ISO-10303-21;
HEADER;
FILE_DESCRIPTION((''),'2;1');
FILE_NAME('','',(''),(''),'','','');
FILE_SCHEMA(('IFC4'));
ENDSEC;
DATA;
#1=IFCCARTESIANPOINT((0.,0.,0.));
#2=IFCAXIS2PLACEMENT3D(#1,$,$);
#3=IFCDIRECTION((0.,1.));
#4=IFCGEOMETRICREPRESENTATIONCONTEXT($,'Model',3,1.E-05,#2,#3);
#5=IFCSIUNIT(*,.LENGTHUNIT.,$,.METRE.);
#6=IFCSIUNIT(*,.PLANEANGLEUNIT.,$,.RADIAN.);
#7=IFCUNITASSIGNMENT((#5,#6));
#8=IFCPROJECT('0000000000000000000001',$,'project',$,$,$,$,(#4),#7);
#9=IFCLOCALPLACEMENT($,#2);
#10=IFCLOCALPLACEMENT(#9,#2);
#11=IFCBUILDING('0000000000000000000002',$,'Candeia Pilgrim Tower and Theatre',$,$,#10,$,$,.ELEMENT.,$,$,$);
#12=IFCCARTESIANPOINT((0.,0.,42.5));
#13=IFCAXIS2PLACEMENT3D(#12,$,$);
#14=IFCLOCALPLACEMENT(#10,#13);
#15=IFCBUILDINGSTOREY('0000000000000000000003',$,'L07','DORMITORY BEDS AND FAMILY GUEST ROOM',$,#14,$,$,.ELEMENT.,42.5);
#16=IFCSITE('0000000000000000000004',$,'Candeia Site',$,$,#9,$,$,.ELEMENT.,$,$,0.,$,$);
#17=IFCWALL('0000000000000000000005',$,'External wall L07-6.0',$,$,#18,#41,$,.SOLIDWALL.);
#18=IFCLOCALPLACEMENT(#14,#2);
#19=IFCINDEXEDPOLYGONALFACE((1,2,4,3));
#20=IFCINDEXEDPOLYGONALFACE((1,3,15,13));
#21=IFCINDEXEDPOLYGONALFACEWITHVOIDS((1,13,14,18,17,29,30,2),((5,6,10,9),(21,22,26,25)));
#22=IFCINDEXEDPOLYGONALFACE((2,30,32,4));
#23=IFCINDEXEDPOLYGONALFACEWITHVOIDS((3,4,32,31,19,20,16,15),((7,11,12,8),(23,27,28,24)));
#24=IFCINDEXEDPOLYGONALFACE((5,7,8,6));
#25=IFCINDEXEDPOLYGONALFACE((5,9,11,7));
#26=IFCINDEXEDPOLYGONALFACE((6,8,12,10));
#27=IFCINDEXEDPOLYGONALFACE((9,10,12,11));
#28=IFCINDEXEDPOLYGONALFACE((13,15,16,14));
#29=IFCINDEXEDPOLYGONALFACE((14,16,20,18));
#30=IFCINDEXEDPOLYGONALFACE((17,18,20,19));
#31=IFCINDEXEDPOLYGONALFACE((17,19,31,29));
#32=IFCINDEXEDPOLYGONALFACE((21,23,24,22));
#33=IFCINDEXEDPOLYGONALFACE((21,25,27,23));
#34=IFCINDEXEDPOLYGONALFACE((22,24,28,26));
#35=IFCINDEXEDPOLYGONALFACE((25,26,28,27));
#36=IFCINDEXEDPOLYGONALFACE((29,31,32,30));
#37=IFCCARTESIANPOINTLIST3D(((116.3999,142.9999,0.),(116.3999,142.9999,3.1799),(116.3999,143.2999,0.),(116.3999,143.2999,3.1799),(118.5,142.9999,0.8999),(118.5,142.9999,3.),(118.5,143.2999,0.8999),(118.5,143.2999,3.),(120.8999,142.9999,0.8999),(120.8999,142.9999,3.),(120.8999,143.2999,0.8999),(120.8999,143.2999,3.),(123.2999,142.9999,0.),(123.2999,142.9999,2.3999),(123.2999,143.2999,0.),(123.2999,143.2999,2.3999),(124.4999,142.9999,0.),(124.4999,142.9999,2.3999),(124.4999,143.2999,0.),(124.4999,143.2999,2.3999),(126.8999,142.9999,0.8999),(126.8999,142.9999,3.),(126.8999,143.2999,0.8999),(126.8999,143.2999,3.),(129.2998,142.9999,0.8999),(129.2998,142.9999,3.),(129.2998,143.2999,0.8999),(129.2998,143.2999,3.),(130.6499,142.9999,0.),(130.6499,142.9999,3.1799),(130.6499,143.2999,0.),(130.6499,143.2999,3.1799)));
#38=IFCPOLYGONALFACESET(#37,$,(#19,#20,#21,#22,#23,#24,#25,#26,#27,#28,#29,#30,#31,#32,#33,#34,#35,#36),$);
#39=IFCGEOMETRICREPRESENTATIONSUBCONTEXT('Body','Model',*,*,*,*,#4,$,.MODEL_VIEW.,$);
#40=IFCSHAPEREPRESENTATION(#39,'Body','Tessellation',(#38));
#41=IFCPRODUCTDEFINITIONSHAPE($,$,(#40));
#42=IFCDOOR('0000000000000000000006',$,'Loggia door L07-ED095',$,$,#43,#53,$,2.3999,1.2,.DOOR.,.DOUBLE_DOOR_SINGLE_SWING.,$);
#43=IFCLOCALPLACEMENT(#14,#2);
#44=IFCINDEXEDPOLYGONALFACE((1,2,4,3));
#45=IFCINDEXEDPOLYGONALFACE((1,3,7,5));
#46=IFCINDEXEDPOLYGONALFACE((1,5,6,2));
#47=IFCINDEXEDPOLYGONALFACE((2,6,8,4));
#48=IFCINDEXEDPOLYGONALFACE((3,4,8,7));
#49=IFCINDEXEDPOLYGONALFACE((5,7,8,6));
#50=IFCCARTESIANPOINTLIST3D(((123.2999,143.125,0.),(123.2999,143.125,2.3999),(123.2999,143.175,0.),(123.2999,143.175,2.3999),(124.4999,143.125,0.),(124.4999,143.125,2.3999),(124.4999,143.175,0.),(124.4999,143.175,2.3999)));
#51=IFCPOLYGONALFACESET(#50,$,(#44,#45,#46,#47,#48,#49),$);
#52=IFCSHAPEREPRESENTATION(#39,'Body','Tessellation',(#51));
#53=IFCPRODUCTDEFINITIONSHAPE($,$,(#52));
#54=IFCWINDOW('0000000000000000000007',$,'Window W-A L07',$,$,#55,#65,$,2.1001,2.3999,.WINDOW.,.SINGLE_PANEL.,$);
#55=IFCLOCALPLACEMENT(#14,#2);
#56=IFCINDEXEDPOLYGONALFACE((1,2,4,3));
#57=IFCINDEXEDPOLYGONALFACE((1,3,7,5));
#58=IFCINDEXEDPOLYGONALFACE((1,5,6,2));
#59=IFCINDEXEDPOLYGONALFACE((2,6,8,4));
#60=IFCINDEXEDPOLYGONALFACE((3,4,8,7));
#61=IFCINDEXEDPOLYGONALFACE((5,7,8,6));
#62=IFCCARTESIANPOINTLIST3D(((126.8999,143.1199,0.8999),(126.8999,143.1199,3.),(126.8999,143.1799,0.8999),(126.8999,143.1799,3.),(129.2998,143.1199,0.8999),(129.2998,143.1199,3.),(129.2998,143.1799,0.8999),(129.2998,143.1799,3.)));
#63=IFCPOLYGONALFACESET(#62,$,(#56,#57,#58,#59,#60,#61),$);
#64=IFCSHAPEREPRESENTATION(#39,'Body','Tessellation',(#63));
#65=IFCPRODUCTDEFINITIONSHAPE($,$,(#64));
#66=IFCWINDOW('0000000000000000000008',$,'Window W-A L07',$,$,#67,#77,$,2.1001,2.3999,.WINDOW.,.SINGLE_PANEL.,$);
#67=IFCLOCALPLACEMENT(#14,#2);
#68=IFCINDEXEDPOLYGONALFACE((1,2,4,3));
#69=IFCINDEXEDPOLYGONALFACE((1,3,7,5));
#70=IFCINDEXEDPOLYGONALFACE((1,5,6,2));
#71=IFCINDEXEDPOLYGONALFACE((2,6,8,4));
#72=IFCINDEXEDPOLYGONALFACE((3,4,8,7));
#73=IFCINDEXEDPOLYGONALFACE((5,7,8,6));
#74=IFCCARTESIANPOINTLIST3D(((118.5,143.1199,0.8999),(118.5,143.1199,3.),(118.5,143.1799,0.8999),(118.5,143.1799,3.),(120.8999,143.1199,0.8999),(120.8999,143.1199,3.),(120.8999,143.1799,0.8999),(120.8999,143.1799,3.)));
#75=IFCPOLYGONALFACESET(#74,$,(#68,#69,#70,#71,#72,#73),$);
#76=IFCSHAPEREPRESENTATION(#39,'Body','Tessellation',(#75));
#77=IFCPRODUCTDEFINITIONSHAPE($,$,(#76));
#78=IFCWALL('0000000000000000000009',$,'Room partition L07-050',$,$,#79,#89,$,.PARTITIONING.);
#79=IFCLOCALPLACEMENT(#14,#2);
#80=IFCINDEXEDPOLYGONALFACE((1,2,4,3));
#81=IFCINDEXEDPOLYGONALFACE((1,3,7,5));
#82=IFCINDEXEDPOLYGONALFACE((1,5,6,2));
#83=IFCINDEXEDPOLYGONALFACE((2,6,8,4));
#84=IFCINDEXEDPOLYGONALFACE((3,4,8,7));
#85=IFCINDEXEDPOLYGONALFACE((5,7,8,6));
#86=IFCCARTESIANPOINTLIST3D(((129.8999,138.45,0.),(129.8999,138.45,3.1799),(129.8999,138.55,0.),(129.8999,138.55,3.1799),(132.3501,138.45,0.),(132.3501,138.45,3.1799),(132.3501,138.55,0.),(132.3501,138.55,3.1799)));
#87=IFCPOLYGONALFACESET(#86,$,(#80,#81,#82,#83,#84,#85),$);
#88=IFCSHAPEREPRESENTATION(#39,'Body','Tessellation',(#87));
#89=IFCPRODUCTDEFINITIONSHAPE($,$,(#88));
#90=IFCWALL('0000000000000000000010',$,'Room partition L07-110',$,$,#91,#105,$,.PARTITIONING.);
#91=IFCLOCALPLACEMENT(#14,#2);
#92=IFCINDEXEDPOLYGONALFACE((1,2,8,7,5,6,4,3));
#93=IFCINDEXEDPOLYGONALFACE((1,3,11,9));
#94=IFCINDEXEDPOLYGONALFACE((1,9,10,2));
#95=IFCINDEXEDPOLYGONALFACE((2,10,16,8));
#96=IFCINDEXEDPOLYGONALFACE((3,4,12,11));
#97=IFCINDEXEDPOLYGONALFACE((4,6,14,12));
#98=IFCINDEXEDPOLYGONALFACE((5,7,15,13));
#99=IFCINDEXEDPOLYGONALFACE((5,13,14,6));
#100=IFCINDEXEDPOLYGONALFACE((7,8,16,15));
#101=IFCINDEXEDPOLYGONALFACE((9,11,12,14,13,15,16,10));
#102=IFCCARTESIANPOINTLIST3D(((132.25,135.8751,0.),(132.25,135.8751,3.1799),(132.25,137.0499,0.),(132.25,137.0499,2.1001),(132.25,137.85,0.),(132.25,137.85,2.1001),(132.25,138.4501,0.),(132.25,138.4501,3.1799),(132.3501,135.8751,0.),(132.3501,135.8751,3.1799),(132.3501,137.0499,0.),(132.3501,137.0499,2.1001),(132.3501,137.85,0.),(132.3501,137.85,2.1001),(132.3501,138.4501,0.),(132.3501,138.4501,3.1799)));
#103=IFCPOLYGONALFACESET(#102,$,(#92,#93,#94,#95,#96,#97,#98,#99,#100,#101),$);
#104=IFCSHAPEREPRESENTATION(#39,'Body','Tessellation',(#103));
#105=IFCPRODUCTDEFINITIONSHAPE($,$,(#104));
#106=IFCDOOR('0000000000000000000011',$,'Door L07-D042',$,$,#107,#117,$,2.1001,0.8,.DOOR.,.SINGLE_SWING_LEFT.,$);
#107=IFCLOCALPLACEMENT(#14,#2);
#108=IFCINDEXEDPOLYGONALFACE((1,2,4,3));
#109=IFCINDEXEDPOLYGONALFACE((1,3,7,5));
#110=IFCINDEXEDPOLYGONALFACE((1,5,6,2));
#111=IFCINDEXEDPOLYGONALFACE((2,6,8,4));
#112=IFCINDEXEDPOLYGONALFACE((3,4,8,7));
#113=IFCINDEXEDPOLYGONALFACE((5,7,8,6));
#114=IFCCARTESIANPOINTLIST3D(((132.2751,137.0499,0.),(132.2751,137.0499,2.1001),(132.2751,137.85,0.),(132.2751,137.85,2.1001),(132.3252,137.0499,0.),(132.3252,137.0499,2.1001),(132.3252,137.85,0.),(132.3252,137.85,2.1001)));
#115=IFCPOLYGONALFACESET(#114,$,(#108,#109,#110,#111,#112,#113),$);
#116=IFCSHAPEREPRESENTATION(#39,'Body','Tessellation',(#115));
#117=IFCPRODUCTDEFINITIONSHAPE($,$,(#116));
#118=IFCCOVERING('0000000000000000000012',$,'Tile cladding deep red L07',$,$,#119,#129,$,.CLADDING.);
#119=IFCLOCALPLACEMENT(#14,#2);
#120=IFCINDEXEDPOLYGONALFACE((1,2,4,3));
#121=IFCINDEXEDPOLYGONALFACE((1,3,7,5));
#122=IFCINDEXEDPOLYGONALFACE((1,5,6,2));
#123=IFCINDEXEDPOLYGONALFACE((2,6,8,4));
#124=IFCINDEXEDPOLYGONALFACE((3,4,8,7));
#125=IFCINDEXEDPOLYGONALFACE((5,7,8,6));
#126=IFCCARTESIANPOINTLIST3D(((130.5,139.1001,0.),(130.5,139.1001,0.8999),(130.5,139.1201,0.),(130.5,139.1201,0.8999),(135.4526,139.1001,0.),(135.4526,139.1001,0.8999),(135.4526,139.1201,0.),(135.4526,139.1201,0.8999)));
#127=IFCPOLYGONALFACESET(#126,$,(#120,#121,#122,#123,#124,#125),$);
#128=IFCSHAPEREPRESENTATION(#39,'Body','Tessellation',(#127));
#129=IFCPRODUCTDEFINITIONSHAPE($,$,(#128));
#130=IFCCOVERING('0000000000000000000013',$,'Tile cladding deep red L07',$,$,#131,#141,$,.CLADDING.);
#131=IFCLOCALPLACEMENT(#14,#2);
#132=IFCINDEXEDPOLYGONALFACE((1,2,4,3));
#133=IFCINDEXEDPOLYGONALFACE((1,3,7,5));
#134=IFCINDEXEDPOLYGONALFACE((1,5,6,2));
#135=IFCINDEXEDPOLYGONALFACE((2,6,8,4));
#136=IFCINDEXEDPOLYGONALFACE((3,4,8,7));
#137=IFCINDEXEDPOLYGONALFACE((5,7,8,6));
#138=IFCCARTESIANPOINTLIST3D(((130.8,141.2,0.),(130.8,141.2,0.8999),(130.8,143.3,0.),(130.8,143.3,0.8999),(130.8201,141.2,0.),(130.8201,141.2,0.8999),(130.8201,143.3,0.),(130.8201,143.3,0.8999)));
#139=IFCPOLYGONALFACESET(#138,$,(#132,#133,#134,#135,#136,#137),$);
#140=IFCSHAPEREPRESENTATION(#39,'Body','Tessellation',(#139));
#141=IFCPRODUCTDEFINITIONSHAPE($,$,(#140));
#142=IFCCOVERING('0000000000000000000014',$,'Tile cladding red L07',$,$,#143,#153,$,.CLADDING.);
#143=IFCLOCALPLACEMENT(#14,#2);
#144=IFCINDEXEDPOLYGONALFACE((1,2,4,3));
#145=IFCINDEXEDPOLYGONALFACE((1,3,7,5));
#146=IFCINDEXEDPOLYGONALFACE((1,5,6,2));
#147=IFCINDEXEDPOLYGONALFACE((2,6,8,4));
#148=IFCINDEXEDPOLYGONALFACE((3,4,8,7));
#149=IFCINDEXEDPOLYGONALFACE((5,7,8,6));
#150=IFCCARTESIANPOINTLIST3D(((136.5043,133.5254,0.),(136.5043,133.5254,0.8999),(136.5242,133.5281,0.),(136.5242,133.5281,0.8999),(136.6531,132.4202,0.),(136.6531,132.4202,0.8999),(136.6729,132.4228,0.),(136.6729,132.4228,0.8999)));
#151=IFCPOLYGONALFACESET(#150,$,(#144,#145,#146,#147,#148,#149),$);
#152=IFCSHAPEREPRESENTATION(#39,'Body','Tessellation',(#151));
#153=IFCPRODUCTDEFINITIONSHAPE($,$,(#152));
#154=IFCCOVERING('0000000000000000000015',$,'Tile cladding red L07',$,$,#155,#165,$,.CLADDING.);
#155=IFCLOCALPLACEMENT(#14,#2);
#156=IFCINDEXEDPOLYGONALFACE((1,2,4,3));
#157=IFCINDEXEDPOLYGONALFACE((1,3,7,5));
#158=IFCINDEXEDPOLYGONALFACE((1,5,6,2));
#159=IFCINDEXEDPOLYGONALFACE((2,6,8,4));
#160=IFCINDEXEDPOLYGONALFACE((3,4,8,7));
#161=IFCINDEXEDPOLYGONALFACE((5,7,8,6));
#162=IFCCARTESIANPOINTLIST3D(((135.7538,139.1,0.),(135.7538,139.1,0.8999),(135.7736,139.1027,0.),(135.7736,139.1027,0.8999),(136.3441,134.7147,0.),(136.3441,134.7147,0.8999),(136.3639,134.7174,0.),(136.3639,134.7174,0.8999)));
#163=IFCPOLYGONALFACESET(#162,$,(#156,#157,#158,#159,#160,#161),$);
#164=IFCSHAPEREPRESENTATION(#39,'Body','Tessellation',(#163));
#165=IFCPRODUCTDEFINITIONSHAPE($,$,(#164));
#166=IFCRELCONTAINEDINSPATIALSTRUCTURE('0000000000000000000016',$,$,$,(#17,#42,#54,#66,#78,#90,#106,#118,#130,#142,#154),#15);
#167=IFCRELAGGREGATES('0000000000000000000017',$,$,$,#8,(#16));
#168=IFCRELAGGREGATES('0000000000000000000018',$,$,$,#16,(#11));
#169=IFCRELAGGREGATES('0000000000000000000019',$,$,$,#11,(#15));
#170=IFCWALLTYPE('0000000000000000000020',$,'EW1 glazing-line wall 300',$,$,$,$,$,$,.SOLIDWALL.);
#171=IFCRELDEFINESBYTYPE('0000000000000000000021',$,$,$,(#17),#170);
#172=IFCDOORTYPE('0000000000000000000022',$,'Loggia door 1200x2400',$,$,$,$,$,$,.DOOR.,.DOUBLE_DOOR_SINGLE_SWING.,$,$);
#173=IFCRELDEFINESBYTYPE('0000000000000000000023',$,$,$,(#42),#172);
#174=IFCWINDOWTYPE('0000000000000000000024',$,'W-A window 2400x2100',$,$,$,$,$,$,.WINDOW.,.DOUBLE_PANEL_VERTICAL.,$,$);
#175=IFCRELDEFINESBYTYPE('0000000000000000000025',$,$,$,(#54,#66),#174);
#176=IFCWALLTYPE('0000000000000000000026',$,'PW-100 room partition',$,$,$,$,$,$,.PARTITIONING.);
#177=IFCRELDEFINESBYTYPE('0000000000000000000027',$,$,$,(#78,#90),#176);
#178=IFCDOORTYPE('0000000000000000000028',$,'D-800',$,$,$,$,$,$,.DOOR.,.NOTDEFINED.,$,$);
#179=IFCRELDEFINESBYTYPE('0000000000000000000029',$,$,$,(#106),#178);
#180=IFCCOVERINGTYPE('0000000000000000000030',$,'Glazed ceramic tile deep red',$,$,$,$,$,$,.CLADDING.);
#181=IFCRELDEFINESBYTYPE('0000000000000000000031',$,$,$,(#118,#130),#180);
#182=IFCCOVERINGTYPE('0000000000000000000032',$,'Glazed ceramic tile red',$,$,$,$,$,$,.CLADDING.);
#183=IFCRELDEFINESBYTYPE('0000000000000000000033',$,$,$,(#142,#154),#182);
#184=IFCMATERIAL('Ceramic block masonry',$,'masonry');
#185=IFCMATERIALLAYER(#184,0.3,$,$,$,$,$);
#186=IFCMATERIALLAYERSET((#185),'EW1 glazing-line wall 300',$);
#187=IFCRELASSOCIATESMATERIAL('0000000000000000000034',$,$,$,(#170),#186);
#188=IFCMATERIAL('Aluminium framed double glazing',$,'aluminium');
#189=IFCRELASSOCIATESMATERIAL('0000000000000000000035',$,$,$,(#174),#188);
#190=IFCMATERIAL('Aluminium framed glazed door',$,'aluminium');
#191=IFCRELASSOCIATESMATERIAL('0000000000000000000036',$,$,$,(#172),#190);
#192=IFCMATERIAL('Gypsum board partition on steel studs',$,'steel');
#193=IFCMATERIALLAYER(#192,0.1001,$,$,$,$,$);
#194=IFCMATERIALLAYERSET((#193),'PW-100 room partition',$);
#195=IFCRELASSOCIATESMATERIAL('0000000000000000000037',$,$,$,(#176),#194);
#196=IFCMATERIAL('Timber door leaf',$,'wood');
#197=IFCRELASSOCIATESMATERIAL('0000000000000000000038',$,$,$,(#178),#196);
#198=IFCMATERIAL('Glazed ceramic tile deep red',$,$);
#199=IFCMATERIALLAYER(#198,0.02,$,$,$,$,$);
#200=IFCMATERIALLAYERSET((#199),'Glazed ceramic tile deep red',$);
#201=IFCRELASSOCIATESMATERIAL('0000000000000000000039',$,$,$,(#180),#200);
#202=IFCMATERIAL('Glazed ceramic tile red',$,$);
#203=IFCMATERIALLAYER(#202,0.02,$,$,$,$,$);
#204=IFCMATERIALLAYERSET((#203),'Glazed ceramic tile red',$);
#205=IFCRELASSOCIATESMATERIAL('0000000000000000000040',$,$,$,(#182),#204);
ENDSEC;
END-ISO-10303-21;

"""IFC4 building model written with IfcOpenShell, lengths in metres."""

from ifc_helpers import new_model, si_unit, direction, frame, frame_2d, origin, origin_2d, place, context, subcontext, project, spatial, rectangle, extrude, material, layer, layer_set, type_object, element, fill, save


model = new_model("IFC4")

# Units and contexts
model_context = context("Model", 3, precision=1e-05, world=origin(), true_north=direction((0.0, 1.0)))
body_context = subcontext(model_context, "Body", "Model", "MODEL_VIEW")
ifc_project = project(units=[si_unit("LENGTHUNIT", "METRE"), si_unit("PLANEANGLEUNIT", "RADIAN")], contexts=[model_context])

# Site, building, storey
site_placement = place(None, origin())
site = spatial("IfcSite", under=ifc_project, at=site_placement, Name="Candeia Site", CompositionType="ELEMENT", RefElevation=0.0)
building_placement = place(site_placement, origin())
building = spatial("IfcBuilding", under=site, at=building_placement, Name="Candeia Pilgrim Tower and Theatre", CompositionType="ELEMENT")
storey_placement = place(building_placement, frame((0.0, 0.0, 42.5)))
storey = spatial("IfcBuildingStorey", under=building, at=storey_placement, Name="L07", Description="DORMITORY BEDS AND FAMILY GUEST ROOM", CompositionType="ELEMENT", Elevation=42.5)

# Shared definitions
ifc_material_1 = material(Name="Ceramic block masonry", Category="masonry")
ifc_layer_1 = layer(ifc_material_1, 0.3)
ifc_layer_set_1 = layer_set([ifc_layer_1], Name="EW1 glazing-line wall 300")
wall_type_1 = type_object("IfcWallType", Name="EW1 glazing-line wall 300", PredefinedType="SOLIDWALL", material=ifc_layer_set_1)
ifc_material_2 = material(Name="Aluminium framed double glazing", Category="aluminium")
window_type = type_object("IfcWindowType", Name="W-A window 2400x2100", PartitioningType="DOUBLE_PANEL_VERTICAL", PredefinedType="WINDOW", material=ifc_material_2)

# Wall, openings, door, windows
wall_1_placement = place(storey_placement, frame((130.6499, 143.1499, 0.0), z_axis=(0.0, 0.0, 1.0), x_axis=(-1.0, 0.0, 0.0)))
wall_1 = element("IfcWall", 1, at=wall_1_placement, inside=storey, type_object=wall_type_1, Name="External wall L07-6.0", PredefinedType="SOLIDWALL", context=body_context, shape_type="SweptSolid", body=[
    extrude(rectangle(XDim=14.25, YDim=0.3, at=frame_2d((7.125, 0.0))), origin(), (0.0, 0.0, 1.0), 3.1799),
])
opening_1_placement = place(wall_1_placement, frame((1.3501, 0.0, 0.8999)))
opening_1 = element("IfcOpeningElement", 2, at=opening_1_placement, cuts=wall_1, PredefinedType="OPENING", context=body_context, shape_type="SweptSolid", body=[
    extrude(rectangle(XDim=2.3999, YDim=2.1001, at=frame_2d((1.2, 1.05))), frame((0.0, 0.1602, 0.0), z_axis=(0.0, -1.0, 0.0), x_axis=(1.0, 0.0, 0.0)), (0.0, 0.0, 1.0), 0.3201),
])
opening_2_placement = place(wall_1_placement, frame((6.1499, 0.0, 0.0)))
opening_2 = element("IfcOpeningElement", 3, at=opening_2_placement, cuts=wall_1, PredefinedType="OPENING", context=body_context, shape_type="SweptSolid", body=[
    extrude(rectangle(XDim=1.2, YDim=2.3999, at=frame_2d((0.6001, 1.2))), frame((0.0, 0.1602, 0.0), z_axis=(0.0, -1.0, 0.0), x_axis=(1.0, 0.0, 0.0)), (0.0, 0.0, 1.0), 0.3201),
])
opening_3_placement = place(wall_1_placement, frame((9.75, 0.0, 0.8999)))
opening_3 = element("IfcOpeningElement", 4, at=opening_3_placement, cuts=wall_1, PredefinedType="OPENING", context=body_context, shape_type="SweptSolid", body=[
    extrude(rectangle(XDim=2.3999, YDim=2.1001, at=frame_2d((1.2, 1.05))), frame((0.0, 0.1602, 0.0), z_axis=(0.0, -1.0, 0.0), x_axis=(1.0, 0.0, 0.0)), (0.0, 0.0, 1.0), 0.3201),
])
ifc_material_3 = material(Name="Aluminium framed glazed door", Category="aluminium")
door_type_1 = type_object("IfcDoorType", Name="Loggia door 1200x2400", OperationType="DOUBLE_DOOR_SINGLE_SWING", PredefinedType="DOOR", material=ifc_material_3)
door_1_placement = place(opening_2_placement, origin())
door_1 = element("IfcDoor", 5, at=door_1_placement, inside=storey, type_object=door_type_1, Name="Loggia door L07-ED095", OperationType="DOUBLE_DOOR_SINGLE_SWING", OverallHeight=2.3999, OverallWidth=1.2, PredefinedType="DOOR", context=body_context, shape_type="SweptSolid", body=[
    extrude(rectangle(XDim=1.2, YDim=2.3999, at=frame_2d((0.6001, 1.2))), frame((0.0, 0.0249, 0.0), z_axis=(0.0, -1.0, 0.0), x_axis=(1.0, 0.0, 0.0)), (0.0, 0.0, 1.0), 0.05),
])
fill(opening_2, door_1)
window_1_placement = place(opening_1_placement, origin())
window_1 = element("IfcWindow", 6, at=window_1_placement, inside=storey, type_object=window_type, Name="Window W-A L07", OverallHeight=2.1001, OverallWidth=2.3999, PartitioningType="SINGLE_PANEL", PredefinedType="WINDOW", context=body_context, shape_type="SweptSolid", body=[
    extrude(rectangle(XDim=2.3999, YDim=2.1001, at=frame_2d((1.2, 1.05))), frame((0.0, 0.03, 0.0), z_axis=(0.0, -1.0, 0.0), x_axis=(1.0, 0.0, 0.0)), (0.0, 0.0, 1.0), 0.0601),
])
fill(opening_1, window_1)
window_2_placement = place(opening_3_placement, origin())
window_2 = element("IfcWindow", 7, at=window_2_placement, inside=storey, type_object=window_type, Name="Window W-A L07", OverallHeight=2.1001, OverallWidth=2.3999, PartitioningType="SINGLE_PANEL", PredefinedType="WINDOW", context=body_context, shape_type="SweptSolid", body=[
    extrude(rectangle(XDim=2.3999, YDim=2.1001, at=frame_2d((1.2, 1.05))), frame((0.0, 0.03, 0.0), z_axis=(0.0, -1.0, 0.0), x_axis=(1.0, 0.0, 0.0)), (0.0, 0.0, 1.0), 0.0601),
])
fill(opening_3, window_2)

# Wall
ifc_material_4 = material(Name="Gypsum board partition on steel studs", Category="steel")
ifc_layer_2 = layer(ifc_material_4, 0.1001)
ifc_layer_set_2 = layer_set([ifc_layer_2], Name="PW-100 room partition")
wall_type_2 = type_object("IfcWallType", Name="PW-100 room partition", PredefinedType="PARTITIONING", material=ifc_layer_set_2)
wall_2_placement = place(storey_placement, frame((129.8999, 138.5, 0.0), z_axis=(0.0, 0.0, 1.0), x_axis=(1.0, 0.0, 0.0)))
element("IfcWall", 8, at=wall_2_placement, inside=storey, type_object=wall_type_2, Name="Room partition L07-050", PredefinedType="PARTITIONING", context=body_context, shape_type="SweptSolid", body=[
    extrude(rectangle(XDim=2.4502, YDim=0.1001, at=frame_2d((1.2251, 0.0))), origin(), (0.0, 0.0, 1.0), 3.1799),
])

# Wall, opening, door
wall_3_placement = place(storey_placement, frame((132.3, 135.875, 0.0), z_axis=(0.0, 0.0, 1.0), x_axis=(0.0, 1.0, 0.0)))
wall_3 = element("IfcWall", 9, at=wall_3_placement, inside=storey, type_object=wall_type_2, Name="Room partition L07-110", PredefinedType="PARTITIONING", context=body_context, shape_type="SweptSolid", body=[
    extrude(rectangle(XDim=2.575, YDim=0.1001, at=frame_2d((1.2876, 0.0))), origin(), (0.0, 0.0, 1.0), 3.1799),
])
opening_4_placement = place(wall_3_placement, frame((1.175, 0.0, 0.0)))
opening_4 = element("IfcOpeningElement", 10, at=opening_4_placement, cuts=wall_3, PredefinedType="OPENING", context=body_context, shape_type="SweptSolid", body=[
    extrude(rectangle(XDim=0.8, YDim=2.1001, at=frame_2d((0.3999, 1.05))), frame((0.0, 0.0601, 0.0), z_axis=(0.0, -1.0, 0.0), x_axis=(1.0, 0.0, 0.0)), (0.0, 0.0, 1.0), 0.1201),
])
ifc_material_5 = material(Name="Timber door leaf", Category="wood")
door_type_2 = type_object("IfcDoorType", Name="D-800", OperationType="NOTDEFINED", PredefinedType="DOOR", material=ifc_material_5)
door_2_placement = place(opening_4_placement, origin())
door_2 = element("IfcDoor", 11, at=door_2_placement, inside=storey, type_object=door_type_2, Name="Door L07-D042", OperationType="SINGLE_SWING_LEFT", OverallHeight=2.1001, OverallWidth=0.8, PredefinedType="DOOR", context=body_context, shape_type="SweptSolid", body=[
    extrude(rectangle(XDim=0.8, YDim=2.1001, at=frame_2d((0.3999, 1.05))), frame((0.0, 0.0249, 0.0), z_axis=(0.0, -1.0, 0.0), x_axis=(1.0, 0.0, 0.0)), (0.0, 0.0, 1.0), 0.05),
])
fill(opening_4, door_2)

# Coverings
ifc_material_6 = material(Name="Glazed ceramic tile deep red")
ifc_layer_3 = layer(ifc_material_6, 0.02)
ifc_layer_set_3 = layer_set([ifc_layer_3], Name="Glazed ceramic tile deep red")
covering_type_1 = type_object("IfcCoveringType", Name="Glazed ceramic tile deep red", PredefinedType="CLADDING", material=ifc_layer_set_3)
covering_1_placement = place(storey_placement, frame((132.9763, 139.1101, 0.0), z_axis=(0.0, 0.0, 1.0), x_axis=(-1.0, 0.0, 0.0)))
element("IfcCovering", 12, at=covering_1_placement, inside=storey, type_object=covering_type_1, Name="Tile cladding deep red L07", PredefinedType="CLADDING", context=body_context, shape_type="SweptSolid", body=[
    extrude(rectangle(XDim=4.9526, YDim=0.02, at=origin_2d()), origin(), (0.0, 0.0, 1.0), 0.8999),
])
covering_2_placement = place(storey_placement, frame((130.8101, 142.25, 0.0), z_axis=(0.0, 0.0, 1.0), x_axis=(0.0, 1.0, 0.0)))
element("IfcCovering", 13, at=covering_2_placement, inside=storey, type_object=covering_type_1, Name="Tile cladding deep red L07", PredefinedType="CLADDING", context=body_context, shape_type="SweptSolid", body=[
    extrude(rectangle(XDim=2.1001, YDim=0.02, at=origin_2d()), origin(), (0.0, 0.0, 1.0), 0.8999),
])
ifc_material_7 = material(Name="Glazed ceramic tile red")
ifc_layer_4 = layer(ifc_material_7, 0.02)
ifc_layer_set_4 = layer_set([ifc_layer_4], Name="Glazed ceramic tile red")
covering_type_2 = type_object("IfcCoveringType", Name="Glazed ceramic tile red", PredefinedType="CLADDING", material=ifc_layer_set_4)
covering_3_placement = place(storey_placement, frame((136.5886, 132.9741, 0.0), z_axis=(0.0, 0.0, 1.0), x_axis=(-0.133412, 0.991061, 0.0)))
element("IfcCovering", 14, at=covering_3_placement, inside=storey, type_object=covering_type_2, Name="Tile cladding red L07", PredefinedType="CLADDING", context=body_context, shape_type="SweptSolid", body=[
    extrude(rectangle(XDim=1.1152, YDim=0.02, at=origin_2d()), origin(), (0.0, 0.0, 1.0), 0.8999),
])
covering_4_placement = place(storey_placement, frame((136.0588, 136.9087, 0.0), z_axis=(0.0, 0.0, 1.0), x_axis=(-0.133412, 0.991061, 0.0)))
element("IfcCovering", 15, at=covering_4_placement, inside=storey, type_object=covering_type_2, Name="Tile cladding red L07", PredefinedType="CLADDING", context=body_context, shape_type="SweptSolid", body=[
    extrude(rectangle(XDim=4.4248, YDim=0.02, at=origin_2d()), origin(), (0.0, 0.0, 1.0), 0.8999),
])

save(model, "model.ifc")
